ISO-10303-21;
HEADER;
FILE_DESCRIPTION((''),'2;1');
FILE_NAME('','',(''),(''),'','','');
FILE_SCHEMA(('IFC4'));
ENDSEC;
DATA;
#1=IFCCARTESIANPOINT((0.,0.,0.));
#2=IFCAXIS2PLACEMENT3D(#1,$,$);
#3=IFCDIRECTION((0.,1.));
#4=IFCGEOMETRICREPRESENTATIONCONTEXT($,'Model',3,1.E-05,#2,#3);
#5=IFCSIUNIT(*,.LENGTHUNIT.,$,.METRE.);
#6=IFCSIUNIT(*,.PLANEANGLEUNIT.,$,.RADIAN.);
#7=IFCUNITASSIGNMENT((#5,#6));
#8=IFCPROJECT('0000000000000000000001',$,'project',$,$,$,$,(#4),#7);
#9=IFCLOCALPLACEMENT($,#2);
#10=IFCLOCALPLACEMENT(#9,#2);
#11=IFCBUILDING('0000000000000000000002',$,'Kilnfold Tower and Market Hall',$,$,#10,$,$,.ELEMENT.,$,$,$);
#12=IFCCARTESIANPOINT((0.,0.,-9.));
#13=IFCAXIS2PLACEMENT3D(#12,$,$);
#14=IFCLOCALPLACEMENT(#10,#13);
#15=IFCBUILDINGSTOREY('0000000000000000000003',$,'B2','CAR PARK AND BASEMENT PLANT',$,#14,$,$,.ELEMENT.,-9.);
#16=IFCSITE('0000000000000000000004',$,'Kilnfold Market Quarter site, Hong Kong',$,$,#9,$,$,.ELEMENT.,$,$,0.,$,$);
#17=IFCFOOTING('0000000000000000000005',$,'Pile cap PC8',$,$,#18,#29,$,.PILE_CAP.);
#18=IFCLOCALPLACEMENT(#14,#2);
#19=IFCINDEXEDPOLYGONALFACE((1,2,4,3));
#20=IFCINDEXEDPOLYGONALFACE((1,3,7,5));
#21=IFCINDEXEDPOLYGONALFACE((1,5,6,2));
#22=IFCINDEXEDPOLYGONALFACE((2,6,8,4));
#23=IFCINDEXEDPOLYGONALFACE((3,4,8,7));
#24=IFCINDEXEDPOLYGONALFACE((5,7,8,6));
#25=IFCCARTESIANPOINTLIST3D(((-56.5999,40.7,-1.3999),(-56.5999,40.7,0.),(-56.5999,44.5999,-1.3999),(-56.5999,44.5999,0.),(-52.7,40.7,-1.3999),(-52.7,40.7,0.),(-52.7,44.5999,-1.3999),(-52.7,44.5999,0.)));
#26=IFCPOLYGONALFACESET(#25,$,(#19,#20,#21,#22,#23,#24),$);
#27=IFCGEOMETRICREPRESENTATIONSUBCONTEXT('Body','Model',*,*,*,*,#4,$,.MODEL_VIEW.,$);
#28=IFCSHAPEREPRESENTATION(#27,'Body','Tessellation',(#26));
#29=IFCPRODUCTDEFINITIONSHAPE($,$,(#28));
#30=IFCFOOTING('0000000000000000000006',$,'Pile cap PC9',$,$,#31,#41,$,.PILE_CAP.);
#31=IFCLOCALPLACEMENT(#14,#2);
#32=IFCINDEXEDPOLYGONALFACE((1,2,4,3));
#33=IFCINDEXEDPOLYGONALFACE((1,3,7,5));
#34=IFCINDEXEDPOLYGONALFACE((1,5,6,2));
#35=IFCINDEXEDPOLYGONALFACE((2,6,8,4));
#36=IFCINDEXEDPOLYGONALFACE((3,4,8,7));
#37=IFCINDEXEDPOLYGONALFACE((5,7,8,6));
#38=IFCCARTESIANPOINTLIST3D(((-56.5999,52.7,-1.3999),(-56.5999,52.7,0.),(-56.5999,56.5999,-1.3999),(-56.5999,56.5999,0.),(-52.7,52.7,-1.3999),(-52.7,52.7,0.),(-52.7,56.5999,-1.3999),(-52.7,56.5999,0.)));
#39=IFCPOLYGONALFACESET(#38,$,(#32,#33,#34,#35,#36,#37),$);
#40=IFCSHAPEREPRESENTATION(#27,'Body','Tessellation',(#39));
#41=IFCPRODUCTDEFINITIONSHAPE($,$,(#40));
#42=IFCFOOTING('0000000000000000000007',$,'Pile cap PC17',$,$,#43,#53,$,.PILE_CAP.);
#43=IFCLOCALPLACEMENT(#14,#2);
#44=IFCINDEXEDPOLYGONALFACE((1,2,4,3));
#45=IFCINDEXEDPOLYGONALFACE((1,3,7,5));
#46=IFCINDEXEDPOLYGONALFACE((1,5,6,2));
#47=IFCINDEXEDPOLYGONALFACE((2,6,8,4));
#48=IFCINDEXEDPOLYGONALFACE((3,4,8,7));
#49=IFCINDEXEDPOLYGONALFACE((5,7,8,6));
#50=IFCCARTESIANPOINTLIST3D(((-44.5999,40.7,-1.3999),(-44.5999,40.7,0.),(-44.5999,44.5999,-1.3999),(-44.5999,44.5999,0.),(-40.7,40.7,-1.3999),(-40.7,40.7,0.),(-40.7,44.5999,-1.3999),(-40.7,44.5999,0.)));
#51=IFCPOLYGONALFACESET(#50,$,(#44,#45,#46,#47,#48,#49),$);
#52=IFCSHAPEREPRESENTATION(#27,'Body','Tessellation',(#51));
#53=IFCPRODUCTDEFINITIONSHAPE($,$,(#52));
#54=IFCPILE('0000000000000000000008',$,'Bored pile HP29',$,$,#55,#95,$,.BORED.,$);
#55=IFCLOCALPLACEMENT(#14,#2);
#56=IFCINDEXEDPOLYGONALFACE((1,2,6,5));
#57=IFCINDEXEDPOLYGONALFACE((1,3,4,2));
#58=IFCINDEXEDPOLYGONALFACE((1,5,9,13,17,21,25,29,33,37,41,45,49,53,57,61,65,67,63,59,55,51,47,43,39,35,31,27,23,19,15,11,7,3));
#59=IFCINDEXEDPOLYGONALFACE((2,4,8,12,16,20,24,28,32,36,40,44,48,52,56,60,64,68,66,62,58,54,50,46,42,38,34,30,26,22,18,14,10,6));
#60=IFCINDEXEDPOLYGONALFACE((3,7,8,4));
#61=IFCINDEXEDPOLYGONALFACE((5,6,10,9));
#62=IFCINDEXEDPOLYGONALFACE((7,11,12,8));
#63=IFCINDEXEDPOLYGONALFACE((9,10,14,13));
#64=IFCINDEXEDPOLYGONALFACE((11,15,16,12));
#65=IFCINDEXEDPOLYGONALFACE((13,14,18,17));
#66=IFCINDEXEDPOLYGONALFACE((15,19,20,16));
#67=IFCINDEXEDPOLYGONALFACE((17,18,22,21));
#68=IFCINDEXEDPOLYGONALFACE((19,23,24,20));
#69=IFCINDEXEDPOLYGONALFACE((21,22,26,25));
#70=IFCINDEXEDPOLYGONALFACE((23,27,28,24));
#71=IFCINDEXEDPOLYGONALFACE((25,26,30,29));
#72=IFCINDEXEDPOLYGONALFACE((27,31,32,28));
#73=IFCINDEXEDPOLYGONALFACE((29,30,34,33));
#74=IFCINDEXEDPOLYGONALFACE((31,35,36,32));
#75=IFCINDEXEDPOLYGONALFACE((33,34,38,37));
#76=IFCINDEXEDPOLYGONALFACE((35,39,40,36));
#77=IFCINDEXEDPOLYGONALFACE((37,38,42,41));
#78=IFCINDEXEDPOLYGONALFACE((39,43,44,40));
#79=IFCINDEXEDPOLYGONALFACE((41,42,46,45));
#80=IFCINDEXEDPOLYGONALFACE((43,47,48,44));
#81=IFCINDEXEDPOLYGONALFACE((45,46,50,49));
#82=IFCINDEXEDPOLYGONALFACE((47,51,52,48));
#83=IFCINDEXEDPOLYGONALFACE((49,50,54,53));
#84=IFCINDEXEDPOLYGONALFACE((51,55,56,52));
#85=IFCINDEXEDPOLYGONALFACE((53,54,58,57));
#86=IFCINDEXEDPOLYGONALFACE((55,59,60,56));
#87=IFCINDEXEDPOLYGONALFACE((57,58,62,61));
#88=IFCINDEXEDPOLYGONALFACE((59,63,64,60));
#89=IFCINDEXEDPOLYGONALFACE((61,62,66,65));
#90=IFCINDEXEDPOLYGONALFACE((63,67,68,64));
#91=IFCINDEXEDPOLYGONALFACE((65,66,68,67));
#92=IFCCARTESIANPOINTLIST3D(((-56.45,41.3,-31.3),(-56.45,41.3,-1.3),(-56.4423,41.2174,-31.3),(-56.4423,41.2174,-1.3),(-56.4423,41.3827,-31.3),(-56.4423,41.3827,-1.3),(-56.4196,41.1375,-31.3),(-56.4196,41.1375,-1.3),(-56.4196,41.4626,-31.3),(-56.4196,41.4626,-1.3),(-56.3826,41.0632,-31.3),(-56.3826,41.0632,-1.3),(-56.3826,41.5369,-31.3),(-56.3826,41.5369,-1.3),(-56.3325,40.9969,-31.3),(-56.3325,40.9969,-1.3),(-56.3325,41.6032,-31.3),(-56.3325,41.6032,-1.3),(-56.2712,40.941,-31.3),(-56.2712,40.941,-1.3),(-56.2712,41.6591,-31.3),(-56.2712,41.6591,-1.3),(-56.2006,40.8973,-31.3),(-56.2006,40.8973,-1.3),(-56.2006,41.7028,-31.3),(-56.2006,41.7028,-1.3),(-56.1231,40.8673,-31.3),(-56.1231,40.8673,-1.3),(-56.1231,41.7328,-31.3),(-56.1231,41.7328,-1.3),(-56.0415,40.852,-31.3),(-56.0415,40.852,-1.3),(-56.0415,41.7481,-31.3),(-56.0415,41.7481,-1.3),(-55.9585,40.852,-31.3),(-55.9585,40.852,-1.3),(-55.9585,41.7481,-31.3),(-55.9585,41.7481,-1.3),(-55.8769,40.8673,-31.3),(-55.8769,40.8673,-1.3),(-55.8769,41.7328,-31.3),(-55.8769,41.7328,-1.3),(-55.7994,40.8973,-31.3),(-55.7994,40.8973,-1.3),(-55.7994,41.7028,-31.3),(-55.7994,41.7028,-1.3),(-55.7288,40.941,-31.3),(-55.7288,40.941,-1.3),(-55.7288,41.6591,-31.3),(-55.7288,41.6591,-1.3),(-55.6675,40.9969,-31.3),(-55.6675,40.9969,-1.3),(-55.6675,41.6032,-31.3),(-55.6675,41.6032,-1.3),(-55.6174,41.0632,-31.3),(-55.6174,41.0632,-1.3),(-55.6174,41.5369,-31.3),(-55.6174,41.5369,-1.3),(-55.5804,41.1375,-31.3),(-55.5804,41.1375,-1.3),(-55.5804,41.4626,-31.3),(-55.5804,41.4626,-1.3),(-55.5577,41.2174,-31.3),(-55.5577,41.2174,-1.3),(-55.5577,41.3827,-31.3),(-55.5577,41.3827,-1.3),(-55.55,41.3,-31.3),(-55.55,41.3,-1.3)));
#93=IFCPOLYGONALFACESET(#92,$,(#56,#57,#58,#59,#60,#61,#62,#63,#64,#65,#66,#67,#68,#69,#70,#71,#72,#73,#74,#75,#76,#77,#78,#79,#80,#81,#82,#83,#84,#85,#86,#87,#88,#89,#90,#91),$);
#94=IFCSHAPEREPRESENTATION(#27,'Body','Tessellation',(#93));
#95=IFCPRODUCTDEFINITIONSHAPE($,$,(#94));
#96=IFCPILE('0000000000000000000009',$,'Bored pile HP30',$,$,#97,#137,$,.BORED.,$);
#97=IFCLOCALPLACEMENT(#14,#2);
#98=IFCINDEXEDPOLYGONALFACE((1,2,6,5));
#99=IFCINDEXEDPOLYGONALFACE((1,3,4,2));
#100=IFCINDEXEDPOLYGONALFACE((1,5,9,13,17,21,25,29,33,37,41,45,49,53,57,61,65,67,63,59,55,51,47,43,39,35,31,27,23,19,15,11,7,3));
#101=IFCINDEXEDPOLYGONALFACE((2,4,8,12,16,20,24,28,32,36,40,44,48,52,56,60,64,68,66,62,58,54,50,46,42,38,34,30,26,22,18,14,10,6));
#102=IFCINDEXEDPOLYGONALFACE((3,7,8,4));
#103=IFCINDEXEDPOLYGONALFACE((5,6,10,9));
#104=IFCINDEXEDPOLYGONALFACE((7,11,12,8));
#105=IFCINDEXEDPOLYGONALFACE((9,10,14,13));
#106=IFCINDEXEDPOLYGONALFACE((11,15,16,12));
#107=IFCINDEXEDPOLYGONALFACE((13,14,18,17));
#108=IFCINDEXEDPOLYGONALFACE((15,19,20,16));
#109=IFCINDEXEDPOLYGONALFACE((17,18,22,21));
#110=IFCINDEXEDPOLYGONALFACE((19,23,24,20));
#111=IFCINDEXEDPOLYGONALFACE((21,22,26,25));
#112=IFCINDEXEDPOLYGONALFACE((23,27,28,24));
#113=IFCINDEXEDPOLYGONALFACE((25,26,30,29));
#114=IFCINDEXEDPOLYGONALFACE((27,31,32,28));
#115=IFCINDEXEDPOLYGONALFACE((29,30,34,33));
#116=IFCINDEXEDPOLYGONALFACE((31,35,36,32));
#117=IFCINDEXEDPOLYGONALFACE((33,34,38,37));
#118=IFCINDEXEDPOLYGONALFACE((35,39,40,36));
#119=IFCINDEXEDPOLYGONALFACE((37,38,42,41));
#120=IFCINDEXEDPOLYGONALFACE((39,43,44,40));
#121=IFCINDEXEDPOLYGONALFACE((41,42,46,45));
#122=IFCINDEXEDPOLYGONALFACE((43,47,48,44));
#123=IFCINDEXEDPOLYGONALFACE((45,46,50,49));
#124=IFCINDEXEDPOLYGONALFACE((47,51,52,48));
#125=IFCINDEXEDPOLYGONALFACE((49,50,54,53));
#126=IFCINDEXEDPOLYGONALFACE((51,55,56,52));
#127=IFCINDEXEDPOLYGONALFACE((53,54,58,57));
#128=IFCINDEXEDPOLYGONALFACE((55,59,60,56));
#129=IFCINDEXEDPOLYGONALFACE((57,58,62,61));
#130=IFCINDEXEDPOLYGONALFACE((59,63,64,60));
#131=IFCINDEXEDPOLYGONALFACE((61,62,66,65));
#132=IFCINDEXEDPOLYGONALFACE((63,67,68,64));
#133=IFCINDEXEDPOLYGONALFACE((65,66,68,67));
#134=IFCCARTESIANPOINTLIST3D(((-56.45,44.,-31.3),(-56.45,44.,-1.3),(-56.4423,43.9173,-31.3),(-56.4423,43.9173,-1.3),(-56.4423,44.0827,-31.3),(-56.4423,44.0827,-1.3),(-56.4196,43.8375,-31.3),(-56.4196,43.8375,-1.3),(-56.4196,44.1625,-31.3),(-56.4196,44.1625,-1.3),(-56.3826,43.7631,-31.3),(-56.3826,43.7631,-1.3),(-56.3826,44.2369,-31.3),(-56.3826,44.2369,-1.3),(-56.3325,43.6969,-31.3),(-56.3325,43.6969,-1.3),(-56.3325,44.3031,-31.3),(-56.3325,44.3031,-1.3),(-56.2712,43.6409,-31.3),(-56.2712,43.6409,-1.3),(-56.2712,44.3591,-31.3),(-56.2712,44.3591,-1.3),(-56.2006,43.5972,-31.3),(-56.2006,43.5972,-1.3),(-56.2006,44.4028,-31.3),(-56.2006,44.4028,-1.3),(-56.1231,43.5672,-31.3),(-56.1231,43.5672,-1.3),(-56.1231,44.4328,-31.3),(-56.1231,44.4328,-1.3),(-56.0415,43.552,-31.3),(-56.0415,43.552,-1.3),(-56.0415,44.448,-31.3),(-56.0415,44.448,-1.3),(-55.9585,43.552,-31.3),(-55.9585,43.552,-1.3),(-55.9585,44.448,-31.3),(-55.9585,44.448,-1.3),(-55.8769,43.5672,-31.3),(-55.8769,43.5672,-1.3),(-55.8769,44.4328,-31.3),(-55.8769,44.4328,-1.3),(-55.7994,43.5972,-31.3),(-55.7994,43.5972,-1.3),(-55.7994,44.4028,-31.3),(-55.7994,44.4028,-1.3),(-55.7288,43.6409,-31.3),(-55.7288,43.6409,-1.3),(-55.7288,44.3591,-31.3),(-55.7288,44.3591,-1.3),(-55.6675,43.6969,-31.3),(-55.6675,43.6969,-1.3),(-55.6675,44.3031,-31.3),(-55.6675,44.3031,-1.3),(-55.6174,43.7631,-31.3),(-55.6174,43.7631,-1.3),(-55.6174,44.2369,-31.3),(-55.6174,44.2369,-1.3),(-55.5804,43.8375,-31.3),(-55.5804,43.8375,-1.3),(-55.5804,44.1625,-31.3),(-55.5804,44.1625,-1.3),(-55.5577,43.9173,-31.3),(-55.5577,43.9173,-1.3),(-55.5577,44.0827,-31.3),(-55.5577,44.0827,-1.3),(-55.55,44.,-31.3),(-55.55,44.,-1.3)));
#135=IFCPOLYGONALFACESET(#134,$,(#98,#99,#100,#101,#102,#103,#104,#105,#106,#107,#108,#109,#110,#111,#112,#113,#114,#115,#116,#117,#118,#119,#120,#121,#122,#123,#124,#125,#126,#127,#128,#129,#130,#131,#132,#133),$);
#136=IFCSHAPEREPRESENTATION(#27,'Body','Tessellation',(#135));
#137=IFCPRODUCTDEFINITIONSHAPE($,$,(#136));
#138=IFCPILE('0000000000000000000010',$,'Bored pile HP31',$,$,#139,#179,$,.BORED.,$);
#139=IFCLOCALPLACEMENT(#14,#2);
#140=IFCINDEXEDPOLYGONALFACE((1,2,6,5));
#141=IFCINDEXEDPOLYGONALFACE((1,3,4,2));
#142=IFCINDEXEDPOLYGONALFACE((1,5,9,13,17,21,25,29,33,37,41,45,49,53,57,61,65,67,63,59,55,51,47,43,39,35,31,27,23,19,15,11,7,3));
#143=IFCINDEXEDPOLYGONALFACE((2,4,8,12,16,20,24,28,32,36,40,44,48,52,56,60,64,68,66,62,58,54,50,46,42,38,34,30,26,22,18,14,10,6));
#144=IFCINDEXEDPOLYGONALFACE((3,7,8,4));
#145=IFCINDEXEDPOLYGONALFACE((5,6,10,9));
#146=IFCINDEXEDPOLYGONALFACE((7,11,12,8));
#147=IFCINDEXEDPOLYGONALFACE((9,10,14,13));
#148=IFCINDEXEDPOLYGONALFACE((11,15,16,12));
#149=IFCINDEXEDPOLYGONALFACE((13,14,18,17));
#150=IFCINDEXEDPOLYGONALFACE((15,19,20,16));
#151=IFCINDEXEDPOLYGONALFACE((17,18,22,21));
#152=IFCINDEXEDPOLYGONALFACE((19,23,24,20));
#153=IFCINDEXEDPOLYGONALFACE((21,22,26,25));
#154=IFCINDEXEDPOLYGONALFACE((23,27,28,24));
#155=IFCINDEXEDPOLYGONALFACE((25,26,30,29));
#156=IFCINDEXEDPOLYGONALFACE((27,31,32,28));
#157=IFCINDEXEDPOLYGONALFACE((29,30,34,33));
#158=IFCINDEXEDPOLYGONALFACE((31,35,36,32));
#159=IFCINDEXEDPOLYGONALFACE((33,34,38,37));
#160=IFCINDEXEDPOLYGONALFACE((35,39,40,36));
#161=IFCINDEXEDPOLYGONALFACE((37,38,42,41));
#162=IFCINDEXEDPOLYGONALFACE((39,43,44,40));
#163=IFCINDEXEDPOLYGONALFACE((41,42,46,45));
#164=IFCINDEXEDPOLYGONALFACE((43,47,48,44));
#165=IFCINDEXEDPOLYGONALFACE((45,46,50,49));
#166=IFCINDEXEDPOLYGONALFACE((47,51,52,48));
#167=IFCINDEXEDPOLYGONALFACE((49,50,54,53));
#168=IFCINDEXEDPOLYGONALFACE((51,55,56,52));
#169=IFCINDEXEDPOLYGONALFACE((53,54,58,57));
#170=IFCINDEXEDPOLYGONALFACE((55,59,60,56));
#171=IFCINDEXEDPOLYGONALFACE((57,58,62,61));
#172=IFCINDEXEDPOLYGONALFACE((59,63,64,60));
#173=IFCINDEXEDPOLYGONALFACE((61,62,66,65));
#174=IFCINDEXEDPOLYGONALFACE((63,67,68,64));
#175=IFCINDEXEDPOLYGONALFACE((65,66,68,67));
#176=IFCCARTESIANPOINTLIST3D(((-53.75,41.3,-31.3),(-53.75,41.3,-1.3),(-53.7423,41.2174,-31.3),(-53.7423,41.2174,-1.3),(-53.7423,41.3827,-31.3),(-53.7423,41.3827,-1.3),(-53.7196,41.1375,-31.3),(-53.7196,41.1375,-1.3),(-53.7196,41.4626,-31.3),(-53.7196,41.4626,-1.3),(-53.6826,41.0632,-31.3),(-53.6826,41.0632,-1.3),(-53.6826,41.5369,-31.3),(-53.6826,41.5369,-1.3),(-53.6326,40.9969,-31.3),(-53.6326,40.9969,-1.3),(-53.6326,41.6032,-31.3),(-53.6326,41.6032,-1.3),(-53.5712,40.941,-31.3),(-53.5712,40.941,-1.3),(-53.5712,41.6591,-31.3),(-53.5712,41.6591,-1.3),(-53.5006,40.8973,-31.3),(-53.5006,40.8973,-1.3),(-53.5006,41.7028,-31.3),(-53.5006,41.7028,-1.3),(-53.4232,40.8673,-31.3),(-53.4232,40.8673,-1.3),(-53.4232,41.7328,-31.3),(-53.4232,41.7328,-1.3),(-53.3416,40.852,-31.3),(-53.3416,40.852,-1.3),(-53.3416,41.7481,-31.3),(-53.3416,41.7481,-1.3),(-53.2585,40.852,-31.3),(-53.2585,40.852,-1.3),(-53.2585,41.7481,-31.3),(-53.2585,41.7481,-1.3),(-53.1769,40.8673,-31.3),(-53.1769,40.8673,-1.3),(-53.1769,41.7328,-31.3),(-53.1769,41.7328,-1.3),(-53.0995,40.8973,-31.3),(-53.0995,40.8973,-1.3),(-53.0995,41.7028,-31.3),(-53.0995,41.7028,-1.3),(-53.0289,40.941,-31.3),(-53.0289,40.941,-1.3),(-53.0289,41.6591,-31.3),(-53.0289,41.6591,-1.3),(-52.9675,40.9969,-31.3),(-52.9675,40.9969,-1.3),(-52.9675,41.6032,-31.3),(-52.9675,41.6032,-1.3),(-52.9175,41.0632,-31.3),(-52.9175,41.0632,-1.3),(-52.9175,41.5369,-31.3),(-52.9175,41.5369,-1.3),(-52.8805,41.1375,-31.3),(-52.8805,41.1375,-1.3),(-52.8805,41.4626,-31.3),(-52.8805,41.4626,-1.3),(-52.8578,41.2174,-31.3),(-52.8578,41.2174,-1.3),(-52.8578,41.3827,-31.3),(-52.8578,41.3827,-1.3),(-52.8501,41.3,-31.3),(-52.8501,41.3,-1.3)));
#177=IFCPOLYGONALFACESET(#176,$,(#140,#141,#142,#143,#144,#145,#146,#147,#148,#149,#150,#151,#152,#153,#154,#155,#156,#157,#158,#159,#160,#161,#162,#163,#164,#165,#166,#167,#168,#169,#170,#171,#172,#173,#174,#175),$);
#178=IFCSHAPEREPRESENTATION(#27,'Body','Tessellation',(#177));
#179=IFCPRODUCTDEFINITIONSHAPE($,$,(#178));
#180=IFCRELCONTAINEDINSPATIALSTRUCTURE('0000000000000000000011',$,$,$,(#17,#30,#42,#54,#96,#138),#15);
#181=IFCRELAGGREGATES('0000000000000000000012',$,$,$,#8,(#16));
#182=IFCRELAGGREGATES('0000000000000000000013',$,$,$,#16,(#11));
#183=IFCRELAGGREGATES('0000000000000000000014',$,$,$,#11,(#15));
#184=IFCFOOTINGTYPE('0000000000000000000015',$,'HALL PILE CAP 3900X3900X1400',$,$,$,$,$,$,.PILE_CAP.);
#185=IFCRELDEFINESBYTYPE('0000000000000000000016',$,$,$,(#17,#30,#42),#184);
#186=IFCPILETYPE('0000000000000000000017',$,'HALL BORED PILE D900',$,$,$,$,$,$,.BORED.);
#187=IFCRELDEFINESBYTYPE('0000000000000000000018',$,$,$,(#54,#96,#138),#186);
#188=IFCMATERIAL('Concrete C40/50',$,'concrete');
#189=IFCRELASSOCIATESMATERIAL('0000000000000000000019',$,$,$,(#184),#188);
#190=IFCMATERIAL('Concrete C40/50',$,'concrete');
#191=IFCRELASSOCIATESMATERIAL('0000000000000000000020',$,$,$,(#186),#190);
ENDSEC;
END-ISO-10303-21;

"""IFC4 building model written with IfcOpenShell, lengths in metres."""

from ifc_helpers import new_model, si_unit, direction, frame, origin, origin_2d, place, context, subcontext, project, spatial, rectangle, circle, extrude, source, transform, mapped, material, material_profile, profile_set, type_object, element, save


model = new_model("IFC4")

# Units and contexts
model_context = context("Model", 3, precision=1e-05, world=origin(), true_north=direction((0.0, 1.0)))
body_context = subcontext(model_context, "Body", "Model", "MODEL_VIEW")
ifc_project = project(units=[si_unit("LENGTHUNIT", "METRE"), si_unit("PLANEANGLEUNIT", "RADIAN")], contexts=[model_context])

# Site, building, storey
site_placement = place(None, origin())
site = spatial("IfcSite", under=ifc_project, at=site_placement, Name="Kilnfold Market Quarter site, Hong Kong", CompositionType="ELEMENT", RefElevation=0.0)
building_placement = place(site_placement, origin())
building = spatial("IfcBuilding", under=site, at=building_placement, Name="Kilnfold Tower and Market Hall", CompositionType="ELEMENT")
storey_placement = place(building_placement, frame((0.0, 0.0, -9.0)))
storey = spatial("IfcBuildingStorey", under=building, at=storey_placement, Name="B2", Description="CAR PARK AND BASEMENT PLANT", CompositionType="ELEMENT", Elevation=-9.0)

# Footings
ifc_material_1 = material(Name="Concrete C40/50", Category="concrete")
footing_type = type_object("IfcFootingType", Name="HALL PILE CAP 3900X3900X1400", PredefinedType="PILE_CAP", material=ifc_material_1)
shared_shape_1 = source(origin(), body_context, "Body", "SweptSolid", [
    extrude(rectangle(XDim=3.8999, YDim=3.8999, at=origin_2d()), origin(), (0.0, 0.0, 1.0), 1.3999),
])
for number, where, z_axis, x_axis, name in (
    (1, (-54.6499, 42.6499, -1.3999), (0.0, 0.0, 1.0), (1.0, 0.0, 0.0), "Pile cap PC8"),
    (2, (-54.6499, 54.6499, -1.3999), (0.0, 0.0, 1.0), (1.0, 0.0, 0.0), "Pile cap PC9"),
    (3, (-42.6499, 42.6499, -1.3999), (0.0, 0.0, 1.0), (1.0, 0.0, 0.0), "Pile cap PC17"),
):
    element("IfcFooting", number, at=place(storey_placement, frame(where, z_axis=z_axis, x_axis=x_axis)), inside=storey, type_object=footing_type, Name=name, PredefinedType="PILE_CAP", context=body_context, shape_type="MappedRepresentation", body=[
        mapped(shared_shape_1, transform((0.0, 0.0, 0.0))),
    ])

# Piles
ifc_material_2 = material(Name="Concrete C40/50", Category="concrete")
ifc_material_profile_1 = material_profile(ifc_material_2, circle(Radius=0.45, at=origin_2d()), Name="D900")
ifc_profile_set_1 = profile_set([ifc_material_profile_1], Name="Concrete C40/50")
pile_type = type_object("IfcPileType", Name="HALL BORED PILE D900", PredefinedType="BORED", material=ifc_profile_set_1)
shared_shape_2 = source(origin(), body_context, "Body", "SweptSolid", [
    extrude(circle(Radius=0.45, at=origin_2d()), origin(), (0.0, 0.0, 1.0), 30.0),
])
for number, where, z_axis, x_axis, name in (
    (4, (-56.0, 41.3, -1.3), (0.0, 0.0, -1.0), (1.0, 0.0, 0.0), "Bored pile HP29"),
    (5, (-56.0, 44.0, -1.3), (0.0, 0.0, -1.0), (1.0, 0.0, 0.0), "Bored pile HP30"),
    (6, (-53.3, 41.3, -1.3), (0.0, 0.0, -1.0), (1.0, 0.0, 0.0), "Bored pile HP31"),
):
    element("IfcPile", number, at=place(storey_placement, frame(where, z_axis=z_axis, x_axis=x_axis)), inside=storey, type_object=pile_type, Name=name, PredefinedType="BORED", context=body_context, shape_type="MappedRepresentation", body=[
        mapped(shared_shape_2, transform((0.0, 0.0, 0.0))),
    ])

save(model, "model.ifc")
